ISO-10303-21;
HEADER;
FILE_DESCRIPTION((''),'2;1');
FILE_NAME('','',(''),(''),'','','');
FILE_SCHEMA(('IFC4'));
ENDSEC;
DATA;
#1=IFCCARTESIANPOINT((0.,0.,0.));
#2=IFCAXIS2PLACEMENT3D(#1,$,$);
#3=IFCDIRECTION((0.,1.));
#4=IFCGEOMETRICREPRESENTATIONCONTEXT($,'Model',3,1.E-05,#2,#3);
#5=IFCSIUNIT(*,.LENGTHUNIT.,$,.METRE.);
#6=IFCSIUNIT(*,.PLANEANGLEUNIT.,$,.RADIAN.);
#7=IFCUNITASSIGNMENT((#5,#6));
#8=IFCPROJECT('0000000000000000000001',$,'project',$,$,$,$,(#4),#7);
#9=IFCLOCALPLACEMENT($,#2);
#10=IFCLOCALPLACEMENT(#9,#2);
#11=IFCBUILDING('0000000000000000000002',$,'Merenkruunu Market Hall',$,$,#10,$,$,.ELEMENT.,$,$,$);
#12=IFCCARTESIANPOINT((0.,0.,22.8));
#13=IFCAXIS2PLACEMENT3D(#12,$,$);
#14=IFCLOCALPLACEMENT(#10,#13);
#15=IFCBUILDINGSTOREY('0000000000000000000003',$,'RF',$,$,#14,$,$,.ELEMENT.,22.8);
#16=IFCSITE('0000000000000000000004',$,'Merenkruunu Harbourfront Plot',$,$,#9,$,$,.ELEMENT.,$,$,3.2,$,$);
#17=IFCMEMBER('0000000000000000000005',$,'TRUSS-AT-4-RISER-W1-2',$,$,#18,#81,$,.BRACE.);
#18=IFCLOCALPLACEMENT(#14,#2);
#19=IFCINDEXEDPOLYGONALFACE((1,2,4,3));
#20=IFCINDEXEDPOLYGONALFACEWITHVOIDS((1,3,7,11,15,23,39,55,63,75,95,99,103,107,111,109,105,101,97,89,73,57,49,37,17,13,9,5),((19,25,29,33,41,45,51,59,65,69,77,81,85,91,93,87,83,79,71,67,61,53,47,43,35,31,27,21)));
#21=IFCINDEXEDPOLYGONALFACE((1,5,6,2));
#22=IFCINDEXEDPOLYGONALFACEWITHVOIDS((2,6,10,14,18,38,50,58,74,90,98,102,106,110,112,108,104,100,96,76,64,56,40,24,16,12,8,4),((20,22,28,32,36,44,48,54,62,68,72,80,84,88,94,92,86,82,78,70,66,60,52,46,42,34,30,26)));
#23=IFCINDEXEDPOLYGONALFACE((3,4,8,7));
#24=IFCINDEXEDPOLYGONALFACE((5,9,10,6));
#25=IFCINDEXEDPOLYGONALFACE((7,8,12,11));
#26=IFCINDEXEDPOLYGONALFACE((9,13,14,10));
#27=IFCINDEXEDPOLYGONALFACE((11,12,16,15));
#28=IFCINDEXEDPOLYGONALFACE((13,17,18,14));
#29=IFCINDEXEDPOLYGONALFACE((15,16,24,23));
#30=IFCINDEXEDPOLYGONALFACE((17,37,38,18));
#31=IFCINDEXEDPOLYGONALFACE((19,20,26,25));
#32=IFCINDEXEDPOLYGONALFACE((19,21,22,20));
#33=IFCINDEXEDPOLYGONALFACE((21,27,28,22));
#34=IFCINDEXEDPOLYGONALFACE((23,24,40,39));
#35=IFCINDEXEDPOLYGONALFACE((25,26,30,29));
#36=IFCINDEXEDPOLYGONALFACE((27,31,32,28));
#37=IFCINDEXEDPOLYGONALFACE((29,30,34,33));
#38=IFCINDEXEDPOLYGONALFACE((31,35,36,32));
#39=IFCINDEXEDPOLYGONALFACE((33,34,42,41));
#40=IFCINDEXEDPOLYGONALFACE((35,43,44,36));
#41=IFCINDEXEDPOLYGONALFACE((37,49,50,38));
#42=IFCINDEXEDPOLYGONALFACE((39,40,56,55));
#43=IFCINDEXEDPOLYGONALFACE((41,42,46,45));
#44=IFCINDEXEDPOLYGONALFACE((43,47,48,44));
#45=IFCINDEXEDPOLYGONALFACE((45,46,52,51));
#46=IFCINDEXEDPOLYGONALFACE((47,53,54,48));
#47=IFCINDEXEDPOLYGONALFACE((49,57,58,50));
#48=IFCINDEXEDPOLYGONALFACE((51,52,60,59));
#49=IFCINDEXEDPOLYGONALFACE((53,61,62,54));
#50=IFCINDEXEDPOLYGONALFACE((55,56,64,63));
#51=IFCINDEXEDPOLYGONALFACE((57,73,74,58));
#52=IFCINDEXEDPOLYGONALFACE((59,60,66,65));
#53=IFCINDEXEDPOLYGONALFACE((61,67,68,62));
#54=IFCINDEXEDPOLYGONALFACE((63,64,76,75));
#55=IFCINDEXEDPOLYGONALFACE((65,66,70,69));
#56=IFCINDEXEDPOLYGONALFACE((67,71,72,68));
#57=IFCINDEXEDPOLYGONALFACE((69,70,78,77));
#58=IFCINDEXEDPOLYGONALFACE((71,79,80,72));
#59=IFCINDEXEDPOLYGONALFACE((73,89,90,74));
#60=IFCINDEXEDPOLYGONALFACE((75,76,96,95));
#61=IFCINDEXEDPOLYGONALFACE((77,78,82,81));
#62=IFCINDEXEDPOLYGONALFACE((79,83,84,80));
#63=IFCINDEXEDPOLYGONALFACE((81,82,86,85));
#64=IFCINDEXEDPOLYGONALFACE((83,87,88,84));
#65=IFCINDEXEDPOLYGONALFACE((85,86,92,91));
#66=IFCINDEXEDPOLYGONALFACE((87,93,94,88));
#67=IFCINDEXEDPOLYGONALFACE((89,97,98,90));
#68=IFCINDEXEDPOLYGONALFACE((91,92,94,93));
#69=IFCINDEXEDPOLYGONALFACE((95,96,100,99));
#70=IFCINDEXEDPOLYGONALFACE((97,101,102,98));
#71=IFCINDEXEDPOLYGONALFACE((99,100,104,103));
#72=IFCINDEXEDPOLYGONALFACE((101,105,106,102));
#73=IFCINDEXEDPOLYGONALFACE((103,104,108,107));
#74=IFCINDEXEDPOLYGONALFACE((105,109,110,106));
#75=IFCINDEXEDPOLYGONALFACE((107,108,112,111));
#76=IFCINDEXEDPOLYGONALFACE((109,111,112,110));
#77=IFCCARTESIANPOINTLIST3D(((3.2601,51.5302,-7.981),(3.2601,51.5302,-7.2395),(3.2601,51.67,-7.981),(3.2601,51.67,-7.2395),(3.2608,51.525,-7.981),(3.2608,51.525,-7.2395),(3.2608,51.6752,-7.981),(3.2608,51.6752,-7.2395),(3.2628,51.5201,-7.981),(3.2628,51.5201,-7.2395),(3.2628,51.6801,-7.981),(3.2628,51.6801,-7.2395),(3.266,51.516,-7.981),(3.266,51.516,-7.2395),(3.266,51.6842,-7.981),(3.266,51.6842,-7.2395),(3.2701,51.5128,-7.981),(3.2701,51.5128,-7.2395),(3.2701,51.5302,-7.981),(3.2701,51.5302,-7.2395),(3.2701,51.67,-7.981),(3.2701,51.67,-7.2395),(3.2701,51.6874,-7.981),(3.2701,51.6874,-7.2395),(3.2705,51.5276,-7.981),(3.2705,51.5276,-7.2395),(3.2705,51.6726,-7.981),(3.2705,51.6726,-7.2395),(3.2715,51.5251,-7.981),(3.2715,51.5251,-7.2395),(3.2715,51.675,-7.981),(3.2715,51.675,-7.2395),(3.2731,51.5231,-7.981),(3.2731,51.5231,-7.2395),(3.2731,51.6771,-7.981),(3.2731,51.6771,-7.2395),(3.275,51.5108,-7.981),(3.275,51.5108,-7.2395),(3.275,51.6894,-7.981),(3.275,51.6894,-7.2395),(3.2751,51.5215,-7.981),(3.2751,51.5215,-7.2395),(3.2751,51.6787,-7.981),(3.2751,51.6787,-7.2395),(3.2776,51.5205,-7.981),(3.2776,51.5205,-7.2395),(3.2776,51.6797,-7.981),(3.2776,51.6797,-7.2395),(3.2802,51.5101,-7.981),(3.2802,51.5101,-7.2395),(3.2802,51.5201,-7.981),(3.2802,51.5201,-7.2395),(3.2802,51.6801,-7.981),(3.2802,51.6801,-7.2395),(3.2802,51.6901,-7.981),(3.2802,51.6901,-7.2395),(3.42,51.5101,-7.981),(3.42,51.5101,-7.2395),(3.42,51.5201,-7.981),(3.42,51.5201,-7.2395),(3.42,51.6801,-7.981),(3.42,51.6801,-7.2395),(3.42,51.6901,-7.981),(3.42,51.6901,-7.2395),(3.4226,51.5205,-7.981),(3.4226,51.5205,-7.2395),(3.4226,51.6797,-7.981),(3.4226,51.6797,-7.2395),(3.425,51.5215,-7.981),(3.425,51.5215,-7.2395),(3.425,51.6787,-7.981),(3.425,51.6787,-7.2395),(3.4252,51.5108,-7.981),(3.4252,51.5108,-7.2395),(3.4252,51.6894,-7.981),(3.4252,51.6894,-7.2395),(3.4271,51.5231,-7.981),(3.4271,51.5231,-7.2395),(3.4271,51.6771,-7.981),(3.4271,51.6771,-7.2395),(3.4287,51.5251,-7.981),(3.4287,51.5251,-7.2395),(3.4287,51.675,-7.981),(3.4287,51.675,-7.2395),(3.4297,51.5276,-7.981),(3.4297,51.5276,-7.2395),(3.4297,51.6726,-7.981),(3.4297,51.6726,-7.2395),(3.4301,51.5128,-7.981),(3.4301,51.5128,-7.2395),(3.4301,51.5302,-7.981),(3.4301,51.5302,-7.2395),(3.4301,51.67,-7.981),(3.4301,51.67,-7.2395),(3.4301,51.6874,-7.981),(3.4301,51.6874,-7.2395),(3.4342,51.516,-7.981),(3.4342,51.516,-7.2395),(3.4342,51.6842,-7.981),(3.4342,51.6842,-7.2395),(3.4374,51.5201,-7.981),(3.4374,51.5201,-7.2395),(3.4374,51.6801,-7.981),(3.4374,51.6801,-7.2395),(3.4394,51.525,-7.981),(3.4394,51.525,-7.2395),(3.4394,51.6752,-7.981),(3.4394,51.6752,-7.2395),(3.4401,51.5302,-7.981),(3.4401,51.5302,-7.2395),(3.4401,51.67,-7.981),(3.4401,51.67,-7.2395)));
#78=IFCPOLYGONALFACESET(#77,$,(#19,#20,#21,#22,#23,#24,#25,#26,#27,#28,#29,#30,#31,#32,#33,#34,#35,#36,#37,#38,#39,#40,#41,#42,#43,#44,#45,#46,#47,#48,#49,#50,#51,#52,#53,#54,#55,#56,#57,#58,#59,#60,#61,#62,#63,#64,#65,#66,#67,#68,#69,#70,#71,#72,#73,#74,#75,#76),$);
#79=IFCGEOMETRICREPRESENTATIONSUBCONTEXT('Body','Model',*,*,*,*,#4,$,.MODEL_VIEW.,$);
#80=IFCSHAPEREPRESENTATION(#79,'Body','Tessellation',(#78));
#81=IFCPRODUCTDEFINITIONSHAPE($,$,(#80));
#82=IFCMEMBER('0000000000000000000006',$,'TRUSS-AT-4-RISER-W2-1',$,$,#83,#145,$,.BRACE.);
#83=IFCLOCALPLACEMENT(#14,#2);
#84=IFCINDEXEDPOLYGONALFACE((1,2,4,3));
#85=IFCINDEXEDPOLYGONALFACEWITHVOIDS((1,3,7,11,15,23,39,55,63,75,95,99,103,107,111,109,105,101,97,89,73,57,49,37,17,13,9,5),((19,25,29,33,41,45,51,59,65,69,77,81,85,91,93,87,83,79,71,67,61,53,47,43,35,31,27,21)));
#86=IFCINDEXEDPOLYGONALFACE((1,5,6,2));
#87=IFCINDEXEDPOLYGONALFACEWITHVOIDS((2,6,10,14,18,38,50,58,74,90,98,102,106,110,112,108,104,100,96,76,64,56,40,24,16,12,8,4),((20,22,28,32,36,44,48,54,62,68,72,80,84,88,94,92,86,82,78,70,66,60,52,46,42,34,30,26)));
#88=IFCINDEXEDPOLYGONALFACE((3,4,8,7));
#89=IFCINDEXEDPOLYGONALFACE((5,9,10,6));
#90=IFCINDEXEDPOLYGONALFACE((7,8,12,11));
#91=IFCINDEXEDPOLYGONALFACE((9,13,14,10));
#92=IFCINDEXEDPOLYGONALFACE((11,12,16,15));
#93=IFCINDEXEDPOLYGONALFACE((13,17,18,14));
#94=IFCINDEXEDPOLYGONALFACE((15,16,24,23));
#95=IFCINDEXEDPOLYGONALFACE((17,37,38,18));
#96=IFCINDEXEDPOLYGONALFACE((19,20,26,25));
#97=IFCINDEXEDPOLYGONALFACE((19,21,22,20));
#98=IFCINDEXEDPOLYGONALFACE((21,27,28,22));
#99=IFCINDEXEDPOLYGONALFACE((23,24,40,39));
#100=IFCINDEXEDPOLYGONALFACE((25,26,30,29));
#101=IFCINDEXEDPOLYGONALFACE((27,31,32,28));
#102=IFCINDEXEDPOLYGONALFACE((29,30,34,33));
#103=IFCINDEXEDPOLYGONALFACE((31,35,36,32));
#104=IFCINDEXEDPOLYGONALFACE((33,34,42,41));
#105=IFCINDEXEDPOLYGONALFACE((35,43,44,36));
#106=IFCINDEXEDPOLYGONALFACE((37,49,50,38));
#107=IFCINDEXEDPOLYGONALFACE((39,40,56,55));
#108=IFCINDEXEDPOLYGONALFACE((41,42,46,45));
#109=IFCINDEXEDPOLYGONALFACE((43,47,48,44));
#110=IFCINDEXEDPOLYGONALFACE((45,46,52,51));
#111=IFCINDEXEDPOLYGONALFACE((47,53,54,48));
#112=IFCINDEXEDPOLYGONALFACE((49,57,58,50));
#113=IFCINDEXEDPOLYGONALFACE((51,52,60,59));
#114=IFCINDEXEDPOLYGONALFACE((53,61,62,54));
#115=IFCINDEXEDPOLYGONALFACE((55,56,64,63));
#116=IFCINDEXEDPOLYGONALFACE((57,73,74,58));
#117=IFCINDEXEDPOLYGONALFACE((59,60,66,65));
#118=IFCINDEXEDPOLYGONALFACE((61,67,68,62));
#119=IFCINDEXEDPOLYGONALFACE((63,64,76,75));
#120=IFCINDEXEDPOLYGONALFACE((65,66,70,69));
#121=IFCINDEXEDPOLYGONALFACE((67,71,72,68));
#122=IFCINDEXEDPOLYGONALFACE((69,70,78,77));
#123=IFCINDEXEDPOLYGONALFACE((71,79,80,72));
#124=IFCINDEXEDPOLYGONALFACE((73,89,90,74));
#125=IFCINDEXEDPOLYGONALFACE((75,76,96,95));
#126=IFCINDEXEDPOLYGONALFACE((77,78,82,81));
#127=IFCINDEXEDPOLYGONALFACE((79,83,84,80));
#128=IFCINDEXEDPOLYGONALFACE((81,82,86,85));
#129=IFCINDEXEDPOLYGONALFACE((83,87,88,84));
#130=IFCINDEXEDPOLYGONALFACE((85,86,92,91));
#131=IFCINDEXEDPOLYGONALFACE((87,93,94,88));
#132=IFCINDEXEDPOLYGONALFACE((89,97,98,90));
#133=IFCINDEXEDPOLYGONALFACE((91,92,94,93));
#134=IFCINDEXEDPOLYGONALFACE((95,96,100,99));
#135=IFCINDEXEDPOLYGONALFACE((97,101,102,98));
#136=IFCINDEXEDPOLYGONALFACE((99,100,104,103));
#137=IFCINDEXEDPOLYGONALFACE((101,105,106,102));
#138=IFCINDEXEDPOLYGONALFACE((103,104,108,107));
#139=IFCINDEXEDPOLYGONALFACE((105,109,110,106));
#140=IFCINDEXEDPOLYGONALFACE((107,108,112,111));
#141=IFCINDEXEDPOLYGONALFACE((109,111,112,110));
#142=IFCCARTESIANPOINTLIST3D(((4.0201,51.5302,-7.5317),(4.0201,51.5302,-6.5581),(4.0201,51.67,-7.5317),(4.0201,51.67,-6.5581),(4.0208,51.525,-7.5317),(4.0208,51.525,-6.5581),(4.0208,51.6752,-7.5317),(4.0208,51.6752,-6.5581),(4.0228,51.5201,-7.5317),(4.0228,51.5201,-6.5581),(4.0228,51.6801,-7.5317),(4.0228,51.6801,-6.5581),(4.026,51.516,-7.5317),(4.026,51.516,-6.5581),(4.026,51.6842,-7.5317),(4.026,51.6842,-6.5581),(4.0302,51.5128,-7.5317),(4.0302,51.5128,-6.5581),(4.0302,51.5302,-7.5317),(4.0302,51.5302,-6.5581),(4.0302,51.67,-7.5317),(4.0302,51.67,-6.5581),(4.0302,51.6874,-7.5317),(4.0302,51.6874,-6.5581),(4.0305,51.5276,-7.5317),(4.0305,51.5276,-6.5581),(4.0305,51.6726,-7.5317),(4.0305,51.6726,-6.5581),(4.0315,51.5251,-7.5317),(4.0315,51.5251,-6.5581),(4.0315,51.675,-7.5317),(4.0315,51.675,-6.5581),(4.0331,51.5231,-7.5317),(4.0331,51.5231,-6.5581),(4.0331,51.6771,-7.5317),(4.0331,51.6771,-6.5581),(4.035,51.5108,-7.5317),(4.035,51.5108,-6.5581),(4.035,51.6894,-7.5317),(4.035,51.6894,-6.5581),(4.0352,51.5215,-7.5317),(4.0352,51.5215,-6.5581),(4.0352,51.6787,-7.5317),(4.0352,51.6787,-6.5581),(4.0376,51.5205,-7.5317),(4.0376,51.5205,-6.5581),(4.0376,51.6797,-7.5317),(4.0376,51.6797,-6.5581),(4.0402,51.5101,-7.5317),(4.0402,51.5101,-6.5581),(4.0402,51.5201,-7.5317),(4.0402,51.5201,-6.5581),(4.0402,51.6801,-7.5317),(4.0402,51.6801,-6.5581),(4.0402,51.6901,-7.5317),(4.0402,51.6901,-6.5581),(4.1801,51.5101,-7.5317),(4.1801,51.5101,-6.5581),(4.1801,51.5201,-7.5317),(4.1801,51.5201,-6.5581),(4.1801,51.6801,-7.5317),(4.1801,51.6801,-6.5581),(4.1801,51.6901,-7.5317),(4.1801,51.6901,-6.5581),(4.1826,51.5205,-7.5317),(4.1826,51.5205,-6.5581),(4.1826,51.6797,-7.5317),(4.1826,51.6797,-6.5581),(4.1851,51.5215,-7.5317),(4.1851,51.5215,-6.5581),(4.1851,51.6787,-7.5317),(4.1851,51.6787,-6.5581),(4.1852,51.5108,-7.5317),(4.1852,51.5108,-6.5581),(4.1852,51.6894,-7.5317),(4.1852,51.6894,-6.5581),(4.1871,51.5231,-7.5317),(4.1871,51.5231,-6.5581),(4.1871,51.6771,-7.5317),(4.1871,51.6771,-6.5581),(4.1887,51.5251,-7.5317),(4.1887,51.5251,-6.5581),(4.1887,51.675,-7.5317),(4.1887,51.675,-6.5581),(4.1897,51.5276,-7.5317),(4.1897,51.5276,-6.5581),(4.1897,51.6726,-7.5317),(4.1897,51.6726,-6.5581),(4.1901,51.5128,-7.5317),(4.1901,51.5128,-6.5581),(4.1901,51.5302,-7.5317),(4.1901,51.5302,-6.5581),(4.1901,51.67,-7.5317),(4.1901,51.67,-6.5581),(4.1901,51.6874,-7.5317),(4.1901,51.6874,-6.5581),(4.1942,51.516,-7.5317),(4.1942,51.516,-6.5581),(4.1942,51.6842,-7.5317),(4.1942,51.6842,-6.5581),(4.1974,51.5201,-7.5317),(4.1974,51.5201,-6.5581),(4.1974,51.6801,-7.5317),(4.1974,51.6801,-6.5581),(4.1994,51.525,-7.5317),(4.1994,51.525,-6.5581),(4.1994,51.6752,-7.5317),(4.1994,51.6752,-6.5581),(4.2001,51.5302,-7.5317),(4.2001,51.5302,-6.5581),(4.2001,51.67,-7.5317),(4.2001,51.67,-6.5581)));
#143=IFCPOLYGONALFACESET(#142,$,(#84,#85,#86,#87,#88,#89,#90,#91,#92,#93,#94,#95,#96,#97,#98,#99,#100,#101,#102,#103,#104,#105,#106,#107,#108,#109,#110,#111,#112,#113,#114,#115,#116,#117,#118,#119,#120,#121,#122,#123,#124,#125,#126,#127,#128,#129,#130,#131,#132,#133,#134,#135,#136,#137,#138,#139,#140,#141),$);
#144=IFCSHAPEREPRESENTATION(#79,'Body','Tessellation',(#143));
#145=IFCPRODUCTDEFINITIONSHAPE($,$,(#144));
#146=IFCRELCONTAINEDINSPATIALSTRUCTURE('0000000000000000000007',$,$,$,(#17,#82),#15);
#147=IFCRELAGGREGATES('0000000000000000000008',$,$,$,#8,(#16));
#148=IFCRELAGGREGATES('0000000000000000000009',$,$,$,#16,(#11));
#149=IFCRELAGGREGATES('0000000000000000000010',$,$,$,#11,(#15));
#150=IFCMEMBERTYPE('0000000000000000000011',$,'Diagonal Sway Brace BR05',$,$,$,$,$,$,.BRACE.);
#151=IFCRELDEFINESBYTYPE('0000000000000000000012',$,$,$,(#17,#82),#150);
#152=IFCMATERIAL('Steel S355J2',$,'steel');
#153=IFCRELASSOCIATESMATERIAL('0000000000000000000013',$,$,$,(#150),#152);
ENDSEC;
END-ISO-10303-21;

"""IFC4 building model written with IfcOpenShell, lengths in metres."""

from ifc_helpers import new_model, si_unit, direction, frame, origin, origin_2d, place, context, subcontext, project, spatial, hollow_rectangle, extrude, material, material_profile, profile_set, type_object, element, save


model = new_model("IFC4")

# Units and contexts
model_context = context("Model", 3, precision=1e-05, world=origin(), true_north=direction((0.0, 1.0)))
body_context = subcontext(model_context, "Body", "Model", "MODEL_VIEW")
ifc_project = project(units=[si_unit("LENGTHUNIT", "METRE"), si_unit("PLANEANGLEUNIT", "RADIAN")], contexts=[model_context])

# Site, building, storey
site_placement = place(None, origin())
site = spatial("IfcSite", under=ifc_project, at=site_placement, Name="Merenkruunu Harbourfront Plot", CompositionType="ELEMENT", RefElevation=3.2)
building_placement = place(site_placement, origin())
building = spatial("IfcBuilding", under=site, at=building_placement, Name="Merenkruunu Market Hall", CompositionType="ELEMENT")
storey_placement = place(building_placement, frame((0.0, 0.0, 22.8)))
storey = spatial("IfcBuildingStorey", under=building, at=storey_placement, Name="RF", CompositionType="ELEMENT", Elevation=22.8)

# Members
ifc_material_1 = material(Name="Steel S355J2", Category="steel")
ifc_material_profile_1 = material_profile(ifc_material_1, hollow_rectangle(XDim=0.1799, YDim=0.1799, WallThickness=0.01, InnerFilletRadius=0.01, OuterFilletRadius=0.02, at=origin_2d()), Name="SHS 180x180x10")
ifc_profile_set_1 = profile_set([ifc_material_profile_1], Name="Steel S355J2")
member_type_1 = type_object("IfcMemberType", Name="Diagonal Sway Brace BR05", PredefinedType="BRACE", material=ifc_profile_set_1)
member_1_placement = place(storey_placement, frame((3.3501, 51.6001, -7.981), z_axis=(0.0, 0.0, 1.0), x_axis=(1.0, 0.0, 0.0)))
element("IfcMember", 1, at=member_1_placement, inside=storey, type_object=member_type_1, Name="TRUSS-AT-4-RISER-W1-2", PredefinedType="BRACE", context=body_context, shape_type="SweptSolid", body=[
    extrude(hollow_rectangle(XDim=0.1799, YDim=0.1799, WallThickness=0.01, InnerFilletRadius=0.01, OuterFilletRadius=0.02, at=origin_2d()), origin(), (0.0, 0.0, 1.0), 0.7415),
])
member_2_placement = place(storey_placement, frame((4.1101, 51.6001, -7.5317), z_axis=(0.0, 0.0, 1.0), x_axis=(1.0, 0.0, 0.0)))
element("IfcMember", 2, at=member_2_placement, inside=storey, type_object=member_type_1, Name="TRUSS-AT-4-RISER-W2-1", PredefinedType="BRACE", context=body_context, shape_type="SweptSolid", body=[
    extrude(hollow_rectangle(XDim=0.1799, YDim=0.1799, WallThickness=0.01, InnerFilletRadius=0.01, OuterFilletRadius=0.02, at=origin_2d()), origin(), (0.0, 0.0, 1.0), 0.9736),
])

save(model, "model.ifc")
